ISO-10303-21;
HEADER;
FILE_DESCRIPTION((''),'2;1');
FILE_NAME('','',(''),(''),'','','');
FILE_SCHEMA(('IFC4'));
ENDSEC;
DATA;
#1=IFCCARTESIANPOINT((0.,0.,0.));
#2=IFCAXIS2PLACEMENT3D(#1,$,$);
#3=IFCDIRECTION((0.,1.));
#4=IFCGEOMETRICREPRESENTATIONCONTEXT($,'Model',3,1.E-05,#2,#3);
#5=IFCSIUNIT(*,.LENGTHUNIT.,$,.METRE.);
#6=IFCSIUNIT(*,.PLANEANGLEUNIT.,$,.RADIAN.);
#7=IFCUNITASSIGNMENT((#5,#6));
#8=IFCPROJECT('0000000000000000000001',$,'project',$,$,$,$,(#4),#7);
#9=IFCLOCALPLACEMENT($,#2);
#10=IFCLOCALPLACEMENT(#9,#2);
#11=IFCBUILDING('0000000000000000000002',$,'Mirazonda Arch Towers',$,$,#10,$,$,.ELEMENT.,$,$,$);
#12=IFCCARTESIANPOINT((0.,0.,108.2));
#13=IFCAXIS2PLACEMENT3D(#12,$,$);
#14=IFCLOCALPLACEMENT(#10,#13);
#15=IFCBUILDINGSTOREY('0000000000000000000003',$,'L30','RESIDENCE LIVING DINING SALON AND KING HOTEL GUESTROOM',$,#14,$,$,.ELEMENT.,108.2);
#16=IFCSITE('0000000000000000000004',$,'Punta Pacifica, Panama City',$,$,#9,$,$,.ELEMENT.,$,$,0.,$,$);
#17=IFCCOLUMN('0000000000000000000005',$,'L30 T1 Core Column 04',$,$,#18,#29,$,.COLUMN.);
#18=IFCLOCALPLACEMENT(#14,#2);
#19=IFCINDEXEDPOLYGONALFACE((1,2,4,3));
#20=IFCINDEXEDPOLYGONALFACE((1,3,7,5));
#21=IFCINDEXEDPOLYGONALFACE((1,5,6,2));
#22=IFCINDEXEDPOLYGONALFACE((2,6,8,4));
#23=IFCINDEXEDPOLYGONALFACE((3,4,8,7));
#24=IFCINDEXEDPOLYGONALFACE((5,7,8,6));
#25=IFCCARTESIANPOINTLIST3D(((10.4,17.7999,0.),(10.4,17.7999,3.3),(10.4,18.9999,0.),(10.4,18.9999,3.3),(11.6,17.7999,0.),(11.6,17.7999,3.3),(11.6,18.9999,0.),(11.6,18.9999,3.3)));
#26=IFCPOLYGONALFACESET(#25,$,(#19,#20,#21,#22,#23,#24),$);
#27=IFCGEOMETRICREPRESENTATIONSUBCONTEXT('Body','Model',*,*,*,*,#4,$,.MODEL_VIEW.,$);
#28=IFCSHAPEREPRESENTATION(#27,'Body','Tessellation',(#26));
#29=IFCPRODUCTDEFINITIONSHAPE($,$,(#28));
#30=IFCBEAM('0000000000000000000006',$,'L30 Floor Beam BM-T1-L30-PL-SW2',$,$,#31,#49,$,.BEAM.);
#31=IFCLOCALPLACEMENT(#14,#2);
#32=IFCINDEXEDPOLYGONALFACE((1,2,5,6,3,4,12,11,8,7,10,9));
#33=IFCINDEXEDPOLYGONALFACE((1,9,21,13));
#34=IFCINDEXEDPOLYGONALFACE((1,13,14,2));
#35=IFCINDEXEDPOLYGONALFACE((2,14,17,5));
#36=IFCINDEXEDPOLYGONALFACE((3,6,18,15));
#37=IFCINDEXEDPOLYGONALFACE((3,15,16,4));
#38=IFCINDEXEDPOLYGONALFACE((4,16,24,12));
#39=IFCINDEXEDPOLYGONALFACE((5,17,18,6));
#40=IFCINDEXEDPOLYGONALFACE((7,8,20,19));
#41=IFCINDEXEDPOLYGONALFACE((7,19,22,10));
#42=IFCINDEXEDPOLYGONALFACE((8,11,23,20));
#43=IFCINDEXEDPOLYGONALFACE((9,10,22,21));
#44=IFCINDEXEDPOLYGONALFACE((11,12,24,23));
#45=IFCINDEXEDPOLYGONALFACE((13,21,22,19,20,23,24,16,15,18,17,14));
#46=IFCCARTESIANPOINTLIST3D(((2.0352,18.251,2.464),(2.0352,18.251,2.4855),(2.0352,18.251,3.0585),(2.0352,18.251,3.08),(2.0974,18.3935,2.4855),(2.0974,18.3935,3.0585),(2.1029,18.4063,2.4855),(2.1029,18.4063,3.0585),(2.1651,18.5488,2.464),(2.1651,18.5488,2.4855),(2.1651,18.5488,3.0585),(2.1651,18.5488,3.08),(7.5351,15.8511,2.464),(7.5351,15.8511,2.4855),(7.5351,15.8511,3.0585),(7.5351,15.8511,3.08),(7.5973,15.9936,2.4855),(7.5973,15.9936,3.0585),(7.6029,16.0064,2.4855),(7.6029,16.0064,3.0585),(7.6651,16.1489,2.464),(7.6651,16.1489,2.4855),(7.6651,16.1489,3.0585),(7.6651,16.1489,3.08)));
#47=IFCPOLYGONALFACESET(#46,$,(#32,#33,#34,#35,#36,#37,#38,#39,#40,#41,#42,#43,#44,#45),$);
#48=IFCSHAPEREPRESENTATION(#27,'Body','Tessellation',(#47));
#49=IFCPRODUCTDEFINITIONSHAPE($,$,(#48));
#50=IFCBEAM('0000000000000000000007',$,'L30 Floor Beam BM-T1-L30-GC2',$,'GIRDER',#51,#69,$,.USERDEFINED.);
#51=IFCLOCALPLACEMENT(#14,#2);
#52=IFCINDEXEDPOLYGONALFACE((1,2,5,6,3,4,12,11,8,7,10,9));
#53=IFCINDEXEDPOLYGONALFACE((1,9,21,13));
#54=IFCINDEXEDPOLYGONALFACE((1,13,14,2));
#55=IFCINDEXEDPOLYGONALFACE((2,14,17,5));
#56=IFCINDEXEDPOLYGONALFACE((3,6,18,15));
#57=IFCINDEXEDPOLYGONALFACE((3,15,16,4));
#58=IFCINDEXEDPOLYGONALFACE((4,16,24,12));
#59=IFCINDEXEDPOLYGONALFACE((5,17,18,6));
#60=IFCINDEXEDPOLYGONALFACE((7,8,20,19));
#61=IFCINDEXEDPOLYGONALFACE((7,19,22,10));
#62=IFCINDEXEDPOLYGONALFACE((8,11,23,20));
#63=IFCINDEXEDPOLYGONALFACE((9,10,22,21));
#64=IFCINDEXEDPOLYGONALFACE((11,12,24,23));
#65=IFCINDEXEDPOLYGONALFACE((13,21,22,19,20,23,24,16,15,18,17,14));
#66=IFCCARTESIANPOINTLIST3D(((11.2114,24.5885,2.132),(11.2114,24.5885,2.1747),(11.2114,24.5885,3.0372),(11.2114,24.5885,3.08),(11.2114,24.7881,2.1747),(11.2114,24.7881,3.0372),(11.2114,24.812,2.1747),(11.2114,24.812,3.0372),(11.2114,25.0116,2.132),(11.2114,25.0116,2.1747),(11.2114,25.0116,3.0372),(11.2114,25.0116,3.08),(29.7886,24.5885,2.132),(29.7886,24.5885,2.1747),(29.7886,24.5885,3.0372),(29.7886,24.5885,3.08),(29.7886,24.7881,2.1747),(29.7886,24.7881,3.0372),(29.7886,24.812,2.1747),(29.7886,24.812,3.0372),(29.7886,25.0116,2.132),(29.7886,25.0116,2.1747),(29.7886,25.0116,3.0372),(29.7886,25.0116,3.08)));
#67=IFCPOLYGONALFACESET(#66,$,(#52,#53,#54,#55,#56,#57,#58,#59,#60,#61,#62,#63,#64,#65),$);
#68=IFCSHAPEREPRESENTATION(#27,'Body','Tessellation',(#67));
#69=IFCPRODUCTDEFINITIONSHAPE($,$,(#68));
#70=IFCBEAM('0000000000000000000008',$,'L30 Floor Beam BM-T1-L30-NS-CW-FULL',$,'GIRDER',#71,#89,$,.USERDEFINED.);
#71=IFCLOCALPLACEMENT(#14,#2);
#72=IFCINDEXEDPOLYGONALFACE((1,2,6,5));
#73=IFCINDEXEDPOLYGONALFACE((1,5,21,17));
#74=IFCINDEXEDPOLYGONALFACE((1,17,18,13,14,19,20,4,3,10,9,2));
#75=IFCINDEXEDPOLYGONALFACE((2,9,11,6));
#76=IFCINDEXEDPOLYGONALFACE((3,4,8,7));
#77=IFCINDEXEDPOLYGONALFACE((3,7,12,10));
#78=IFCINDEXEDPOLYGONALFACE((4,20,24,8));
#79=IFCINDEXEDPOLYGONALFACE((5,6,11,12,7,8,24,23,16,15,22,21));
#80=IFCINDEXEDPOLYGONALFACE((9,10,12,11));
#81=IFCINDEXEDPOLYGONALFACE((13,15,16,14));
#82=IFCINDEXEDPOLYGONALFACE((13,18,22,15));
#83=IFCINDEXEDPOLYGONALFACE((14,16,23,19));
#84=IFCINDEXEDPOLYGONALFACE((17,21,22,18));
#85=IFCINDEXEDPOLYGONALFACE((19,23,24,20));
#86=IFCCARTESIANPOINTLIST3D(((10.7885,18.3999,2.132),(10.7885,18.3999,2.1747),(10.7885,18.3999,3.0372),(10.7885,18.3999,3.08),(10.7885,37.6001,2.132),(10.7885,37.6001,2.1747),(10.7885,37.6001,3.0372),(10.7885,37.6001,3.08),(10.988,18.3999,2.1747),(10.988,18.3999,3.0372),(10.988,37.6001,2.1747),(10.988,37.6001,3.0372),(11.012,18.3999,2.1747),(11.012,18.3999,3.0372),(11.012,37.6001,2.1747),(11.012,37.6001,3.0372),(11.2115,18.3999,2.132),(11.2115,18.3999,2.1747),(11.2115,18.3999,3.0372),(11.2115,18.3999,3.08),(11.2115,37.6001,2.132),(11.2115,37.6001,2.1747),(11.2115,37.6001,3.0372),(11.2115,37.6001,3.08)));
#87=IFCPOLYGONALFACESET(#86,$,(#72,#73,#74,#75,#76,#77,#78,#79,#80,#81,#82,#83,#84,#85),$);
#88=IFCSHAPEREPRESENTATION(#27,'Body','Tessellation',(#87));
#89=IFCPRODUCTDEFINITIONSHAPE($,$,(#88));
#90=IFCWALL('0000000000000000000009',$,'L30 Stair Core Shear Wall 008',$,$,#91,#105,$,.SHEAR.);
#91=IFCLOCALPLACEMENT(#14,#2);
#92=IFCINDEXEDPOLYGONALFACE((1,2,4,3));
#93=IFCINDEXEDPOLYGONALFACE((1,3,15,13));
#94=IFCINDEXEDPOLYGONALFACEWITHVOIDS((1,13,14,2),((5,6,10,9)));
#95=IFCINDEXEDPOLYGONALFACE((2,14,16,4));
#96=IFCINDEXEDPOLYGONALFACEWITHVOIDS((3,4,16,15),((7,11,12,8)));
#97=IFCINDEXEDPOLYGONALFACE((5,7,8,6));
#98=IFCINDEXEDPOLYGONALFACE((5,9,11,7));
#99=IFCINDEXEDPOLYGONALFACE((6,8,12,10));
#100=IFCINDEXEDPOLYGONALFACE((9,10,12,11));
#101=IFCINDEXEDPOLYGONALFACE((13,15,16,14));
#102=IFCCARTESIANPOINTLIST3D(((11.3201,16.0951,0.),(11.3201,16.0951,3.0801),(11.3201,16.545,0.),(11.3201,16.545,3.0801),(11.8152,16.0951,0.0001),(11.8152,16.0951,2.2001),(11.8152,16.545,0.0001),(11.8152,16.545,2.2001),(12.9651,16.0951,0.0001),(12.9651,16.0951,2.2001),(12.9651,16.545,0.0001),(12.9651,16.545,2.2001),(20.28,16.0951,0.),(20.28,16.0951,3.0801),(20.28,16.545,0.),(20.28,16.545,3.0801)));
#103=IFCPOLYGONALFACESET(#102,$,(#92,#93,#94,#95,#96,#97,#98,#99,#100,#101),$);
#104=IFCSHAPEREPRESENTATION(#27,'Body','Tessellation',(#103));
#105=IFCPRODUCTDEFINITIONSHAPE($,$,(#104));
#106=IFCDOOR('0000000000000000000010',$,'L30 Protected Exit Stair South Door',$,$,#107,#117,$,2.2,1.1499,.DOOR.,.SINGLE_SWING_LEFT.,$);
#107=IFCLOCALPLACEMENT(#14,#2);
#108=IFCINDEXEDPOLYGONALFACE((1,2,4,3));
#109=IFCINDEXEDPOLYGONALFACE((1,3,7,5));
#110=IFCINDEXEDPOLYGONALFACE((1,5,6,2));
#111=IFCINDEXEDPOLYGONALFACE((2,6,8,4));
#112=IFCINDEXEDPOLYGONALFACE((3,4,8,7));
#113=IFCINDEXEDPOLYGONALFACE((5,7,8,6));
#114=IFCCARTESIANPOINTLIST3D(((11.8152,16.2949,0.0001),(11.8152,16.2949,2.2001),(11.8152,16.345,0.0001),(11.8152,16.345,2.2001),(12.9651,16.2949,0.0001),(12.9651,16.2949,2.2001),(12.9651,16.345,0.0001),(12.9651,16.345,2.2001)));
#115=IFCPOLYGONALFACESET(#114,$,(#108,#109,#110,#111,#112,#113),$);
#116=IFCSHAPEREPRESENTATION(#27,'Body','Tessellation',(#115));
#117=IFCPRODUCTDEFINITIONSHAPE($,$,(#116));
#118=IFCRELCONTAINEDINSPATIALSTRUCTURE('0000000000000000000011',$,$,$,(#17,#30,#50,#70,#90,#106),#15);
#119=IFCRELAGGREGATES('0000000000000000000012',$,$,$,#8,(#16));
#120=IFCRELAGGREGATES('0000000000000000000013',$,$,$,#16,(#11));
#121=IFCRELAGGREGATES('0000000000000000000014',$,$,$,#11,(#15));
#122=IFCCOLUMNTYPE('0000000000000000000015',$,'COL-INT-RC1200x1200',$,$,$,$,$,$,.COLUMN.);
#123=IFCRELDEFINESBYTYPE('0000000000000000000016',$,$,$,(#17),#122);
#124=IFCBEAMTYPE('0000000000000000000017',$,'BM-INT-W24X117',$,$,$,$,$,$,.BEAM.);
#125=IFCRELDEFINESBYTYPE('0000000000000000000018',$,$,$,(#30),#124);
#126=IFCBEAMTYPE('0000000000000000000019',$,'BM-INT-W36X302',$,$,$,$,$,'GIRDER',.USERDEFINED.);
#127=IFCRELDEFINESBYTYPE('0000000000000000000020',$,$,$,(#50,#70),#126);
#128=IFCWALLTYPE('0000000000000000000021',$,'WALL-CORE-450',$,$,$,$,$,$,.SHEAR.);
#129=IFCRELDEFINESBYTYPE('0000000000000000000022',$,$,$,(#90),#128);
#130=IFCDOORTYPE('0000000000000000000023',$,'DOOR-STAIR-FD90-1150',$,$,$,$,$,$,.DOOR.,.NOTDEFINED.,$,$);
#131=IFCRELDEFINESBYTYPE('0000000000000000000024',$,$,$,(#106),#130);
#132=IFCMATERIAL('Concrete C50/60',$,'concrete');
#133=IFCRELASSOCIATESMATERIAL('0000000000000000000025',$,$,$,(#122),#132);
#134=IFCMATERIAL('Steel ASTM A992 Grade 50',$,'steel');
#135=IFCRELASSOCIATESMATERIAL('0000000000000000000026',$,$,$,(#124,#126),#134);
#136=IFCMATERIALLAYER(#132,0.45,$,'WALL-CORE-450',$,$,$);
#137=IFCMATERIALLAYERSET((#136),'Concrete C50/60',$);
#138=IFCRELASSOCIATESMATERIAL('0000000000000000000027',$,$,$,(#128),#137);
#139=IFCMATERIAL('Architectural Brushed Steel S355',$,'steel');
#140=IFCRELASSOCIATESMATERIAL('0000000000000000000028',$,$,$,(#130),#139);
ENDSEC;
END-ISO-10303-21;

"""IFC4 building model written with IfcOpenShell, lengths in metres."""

from ifc_helpers import new_model, si_unit, direction, frame, frame_2d, origin, origin_2d, place, context, subcontext, project, spatial, rectangle, i_section, extrude, material, layer, layer_set, material_profile, profile_set, type_object, element, fill, save


model = new_model("IFC4")

# Units and contexts
model_context = context("Model", 3, precision=1e-05, world=origin(), true_north=direction((0.0, 1.0)))
body_context = subcontext(model_context, "Body", "Model", "MODEL_VIEW")
ifc_project = project(units=[si_unit("LENGTHUNIT", "METRE"), si_unit("PLANEANGLEUNIT", "RADIAN")], contexts=[model_context])

# Site, building, storey
site_placement = place(None, origin())
site = spatial("IfcSite", under=ifc_project, at=site_placement, Name="Punta Pacifica, Panama City", CompositionType="ELEMENT", RefElevation=0.0)
building_placement = place(site_placement, origin())
building = spatial("IfcBuilding", under=site, at=building_placement, Name="Mirazonda Arch Towers", CompositionType="ELEMENT")
storey_placement = place(building_placement, frame((0.0, 0.0, 108.2)))
storey = spatial("IfcBuildingStorey", under=building, at=storey_placement, Name="L30", Description="RESIDENCE LIVING DINING SALON AND KING HOTEL GUESTROOM", CompositionType="ELEMENT", Elevation=108.2)

# Column
ifc_material_1 = material(Name="Concrete C50/60", Category="concrete")
ifc_material_profile_1 = material_profile(ifc_material_1, rectangle(XDim=1.2, YDim=1.2, at=origin_2d()), Name="RC1200x1200")
ifc_profile_set_1 = profile_set([ifc_material_profile_1], Name="Concrete C50/60")
column_type = type_object("IfcColumnType", Name="COL-INT-RC1200x1200", PredefinedType="COLUMN", material=ifc_profile_set_1)
column_placement = place(storey_placement, frame((11.0, 18.3999, 0.0), z_axis=(0.0, 0.0, 1.0), x_axis=(1.0, 0.0, 0.0)))
element("IfcColumn", 1, at=column_placement, inside=storey, type_object=column_type, Name="L30 T1 Core Column 04", PredefinedType="COLUMN", context=body_context, shape_type="SweptSolid", body=[
    extrude(rectangle(XDim=1.2, YDim=1.2, at=origin_2d()), origin(), (0.0, 0.0, 1.0), 3.3),
])

# Beams
ifc_material_2 = material(Name="Steel ASTM A992 Grade 50", Category="steel")
ifc_material_profile_2 = material_profile(ifc_material_2, i_section(OverallWidth=0.325, OverallDepth=0.616, WebThickness=0.0139, FlangeThickness=0.0215, at=origin_2d()), Name="W24X117")
ifc_profile_set_2 = profile_set([ifc_material_profile_2], Name="Steel ASTM A992 Grade 50")
beam_type_1 = type_object("IfcBeamType", Name="BM-INT-W24X117", PredefinedType="BEAM", material=ifc_profile_set_2)
beam_1_placement = place(storey_placement, frame((7.6001, 16.0, 2.772), z_axis=(-0.916545, 0.399931, 0.0), x_axis=(-0.399931, -0.916545, 0.0)))
element("IfcBeam", 2, at=beam_1_placement, inside=storey, type_object=beam_type_1, Name="L30 Floor Beam BM-T1-L30-PL-SW2", PredefinedType="BEAM", context=body_context, shape_type="SweptSolid", body=[
    extrude(i_section(OverallWidth=0.325, OverallDepth=0.616, WebThickness=0.0139, FlangeThickness=0.0215, at=origin_2d()), origin(), (0.0, 0.0, 1.0), 6.0007),
])
ifc_material_profile_3 = material_profile(ifc_material_2, i_section(OverallWidth=0.4231, OverallDepth=0.948, WebThickness=0.0239, FlangeThickness=0.0427, at=origin_2d()), Name="W36X302")
ifc_profile_set_3 = profile_set([ifc_material_profile_3], Name="Steel ASTM A992 Grade 50")
beam_type_2 = type_object("IfcBeamType", Name="BM-INT-W36X302", ElementType="GIRDER", PredefinedType="USERDEFINED", material=ifc_profile_set_3)
beam_2_placement = place(storey_placement, frame((11.2114, 24.8, 2.606), z_axis=(1.0, 0.0, 0.0), x_axis=(0.0, 1.0, 0.0)))
element("IfcBeam", 3, at=beam_2_placement, inside=storey, type_object=beam_type_2, Name="L30 Floor Beam BM-T1-L30-GC2", ObjectType="GIRDER", PredefinedType="USERDEFINED", context=body_context, shape_type="SweptSolid", body=[
    extrude(i_section(OverallWidth=0.4231, OverallDepth=0.948, WebThickness=0.0239, FlangeThickness=0.0427, at=origin_2d()), origin(), (0.0, 0.0, 1.0), 18.5771),
])
beam_3_placement = place(storey_placement, frame((11.0, 18.3999, 2.606), z_axis=(0.0, 1.0, 0.0), x_axis=(-1.0, 0.0, 0.0)))
element("IfcBeam", 4, at=beam_3_placement, inside=storey, type_object=beam_type_2, Name="L30 Floor Beam BM-T1-L30-NS-CW-FULL", ObjectType="GIRDER", PredefinedType="USERDEFINED", context=body_context, shape_type="SweptSolid", body=[
    extrude(i_section(OverallWidth=0.4231, OverallDepth=0.948, WebThickness=0.0239, FlangeThickness=0.0427, at=origin_2d()), origin(), (0.0, 0.0, 1.0), 19.2002),
])

# Wall, opening, door
ifc_layer_1 = layer(ifc_material_1, 0.45, Name="WALL-CORE-450")
ifc_layer_set_1 = layer_set([ifc_layer_1], Name="Concrete C50/60")
wall_type_1 = type_object("IfcWallType", Name="WALL-CORE-450", PredefinedType="SHEAR", material=ifc_layer_set_1)
wall_1_placement = place(storey_placement, frame((11.3201, 16.3201, 0.0), z_axis=(0.0, 0.0, 1.0), x_axis=(1.0, 0.0, 0.0)))
wall_1 = element("IfcWall", 5, at=wall_1_placement, inside=storey, type_object=wall_type_1, Name="L30 Stair Core Shear Wall 008", PredefinedType="SHEAR", context=body_context, shape_type="SweptSolid", body=[
    extrude(rectangle(XDim=8.96, YDim=0.45, at=frame_2d((4.48, 0.0))), origin(), (0.0, 0.0, 1.0), 3.0801),
])
opening_1_placement = place(wall_1_placement, frame((0.4951, 0.0, 0.0)))
opening_1 = element("IfcOpeningElement", 6, at=opening_1_placement, cuts=wall_1, PredefinedType="OPENING", context=body_context, shape_type="SweptSolid", body=[
    extrude(rectangle(XDim=1.1499, YDim=2.2, at=frame_2d((0.575, 1.1001))), frame((0.0, 0.2349, 0.0), z_axis=(0.0, -1.0, 0.0), x_axis=(1.0, 0.0, 0.0)), (0.0, 0.0, 1.0), 0.47),
])
ifc_material_3 = material(Name="Architectural Brushed Steel S355", Category="steel")
door_type_1 = type_object("IfcDoorType", Name="DOOR-STAIR-FD90-1150", OperationType="NOTDEFINED", PredefinedType="DOOR", material=ifc_material_3)
door_1_placement = place(opening_1_placement, origin())
door_1 = element("IfcDoor", 7, at=door_1_placement, inside=storey, type_object=door_type_1, Name="L30 Protected Exit Stair South Door", OperationType="SINGLE_SWING_LEFT", OverallHeight=2.2, OverallWidth=1.1499, PredefinedType="DOOR", context=body_context, shape_type="SweptSolid", body=[
    extrude(rectangle(XDim=1.1499, YDim=2.2, at=frame_2d((0.575, 1.1001))), frame((0.0, 0.0249, 0.0), z_axis=(0.0, -1.0, 0.0), x_axis=(1.0, 0.0, 0.0)), (0.0, 0.0, 1.0), 0.05),
])
fill(opening_1, door_1)

save(model, "model.ifc")
